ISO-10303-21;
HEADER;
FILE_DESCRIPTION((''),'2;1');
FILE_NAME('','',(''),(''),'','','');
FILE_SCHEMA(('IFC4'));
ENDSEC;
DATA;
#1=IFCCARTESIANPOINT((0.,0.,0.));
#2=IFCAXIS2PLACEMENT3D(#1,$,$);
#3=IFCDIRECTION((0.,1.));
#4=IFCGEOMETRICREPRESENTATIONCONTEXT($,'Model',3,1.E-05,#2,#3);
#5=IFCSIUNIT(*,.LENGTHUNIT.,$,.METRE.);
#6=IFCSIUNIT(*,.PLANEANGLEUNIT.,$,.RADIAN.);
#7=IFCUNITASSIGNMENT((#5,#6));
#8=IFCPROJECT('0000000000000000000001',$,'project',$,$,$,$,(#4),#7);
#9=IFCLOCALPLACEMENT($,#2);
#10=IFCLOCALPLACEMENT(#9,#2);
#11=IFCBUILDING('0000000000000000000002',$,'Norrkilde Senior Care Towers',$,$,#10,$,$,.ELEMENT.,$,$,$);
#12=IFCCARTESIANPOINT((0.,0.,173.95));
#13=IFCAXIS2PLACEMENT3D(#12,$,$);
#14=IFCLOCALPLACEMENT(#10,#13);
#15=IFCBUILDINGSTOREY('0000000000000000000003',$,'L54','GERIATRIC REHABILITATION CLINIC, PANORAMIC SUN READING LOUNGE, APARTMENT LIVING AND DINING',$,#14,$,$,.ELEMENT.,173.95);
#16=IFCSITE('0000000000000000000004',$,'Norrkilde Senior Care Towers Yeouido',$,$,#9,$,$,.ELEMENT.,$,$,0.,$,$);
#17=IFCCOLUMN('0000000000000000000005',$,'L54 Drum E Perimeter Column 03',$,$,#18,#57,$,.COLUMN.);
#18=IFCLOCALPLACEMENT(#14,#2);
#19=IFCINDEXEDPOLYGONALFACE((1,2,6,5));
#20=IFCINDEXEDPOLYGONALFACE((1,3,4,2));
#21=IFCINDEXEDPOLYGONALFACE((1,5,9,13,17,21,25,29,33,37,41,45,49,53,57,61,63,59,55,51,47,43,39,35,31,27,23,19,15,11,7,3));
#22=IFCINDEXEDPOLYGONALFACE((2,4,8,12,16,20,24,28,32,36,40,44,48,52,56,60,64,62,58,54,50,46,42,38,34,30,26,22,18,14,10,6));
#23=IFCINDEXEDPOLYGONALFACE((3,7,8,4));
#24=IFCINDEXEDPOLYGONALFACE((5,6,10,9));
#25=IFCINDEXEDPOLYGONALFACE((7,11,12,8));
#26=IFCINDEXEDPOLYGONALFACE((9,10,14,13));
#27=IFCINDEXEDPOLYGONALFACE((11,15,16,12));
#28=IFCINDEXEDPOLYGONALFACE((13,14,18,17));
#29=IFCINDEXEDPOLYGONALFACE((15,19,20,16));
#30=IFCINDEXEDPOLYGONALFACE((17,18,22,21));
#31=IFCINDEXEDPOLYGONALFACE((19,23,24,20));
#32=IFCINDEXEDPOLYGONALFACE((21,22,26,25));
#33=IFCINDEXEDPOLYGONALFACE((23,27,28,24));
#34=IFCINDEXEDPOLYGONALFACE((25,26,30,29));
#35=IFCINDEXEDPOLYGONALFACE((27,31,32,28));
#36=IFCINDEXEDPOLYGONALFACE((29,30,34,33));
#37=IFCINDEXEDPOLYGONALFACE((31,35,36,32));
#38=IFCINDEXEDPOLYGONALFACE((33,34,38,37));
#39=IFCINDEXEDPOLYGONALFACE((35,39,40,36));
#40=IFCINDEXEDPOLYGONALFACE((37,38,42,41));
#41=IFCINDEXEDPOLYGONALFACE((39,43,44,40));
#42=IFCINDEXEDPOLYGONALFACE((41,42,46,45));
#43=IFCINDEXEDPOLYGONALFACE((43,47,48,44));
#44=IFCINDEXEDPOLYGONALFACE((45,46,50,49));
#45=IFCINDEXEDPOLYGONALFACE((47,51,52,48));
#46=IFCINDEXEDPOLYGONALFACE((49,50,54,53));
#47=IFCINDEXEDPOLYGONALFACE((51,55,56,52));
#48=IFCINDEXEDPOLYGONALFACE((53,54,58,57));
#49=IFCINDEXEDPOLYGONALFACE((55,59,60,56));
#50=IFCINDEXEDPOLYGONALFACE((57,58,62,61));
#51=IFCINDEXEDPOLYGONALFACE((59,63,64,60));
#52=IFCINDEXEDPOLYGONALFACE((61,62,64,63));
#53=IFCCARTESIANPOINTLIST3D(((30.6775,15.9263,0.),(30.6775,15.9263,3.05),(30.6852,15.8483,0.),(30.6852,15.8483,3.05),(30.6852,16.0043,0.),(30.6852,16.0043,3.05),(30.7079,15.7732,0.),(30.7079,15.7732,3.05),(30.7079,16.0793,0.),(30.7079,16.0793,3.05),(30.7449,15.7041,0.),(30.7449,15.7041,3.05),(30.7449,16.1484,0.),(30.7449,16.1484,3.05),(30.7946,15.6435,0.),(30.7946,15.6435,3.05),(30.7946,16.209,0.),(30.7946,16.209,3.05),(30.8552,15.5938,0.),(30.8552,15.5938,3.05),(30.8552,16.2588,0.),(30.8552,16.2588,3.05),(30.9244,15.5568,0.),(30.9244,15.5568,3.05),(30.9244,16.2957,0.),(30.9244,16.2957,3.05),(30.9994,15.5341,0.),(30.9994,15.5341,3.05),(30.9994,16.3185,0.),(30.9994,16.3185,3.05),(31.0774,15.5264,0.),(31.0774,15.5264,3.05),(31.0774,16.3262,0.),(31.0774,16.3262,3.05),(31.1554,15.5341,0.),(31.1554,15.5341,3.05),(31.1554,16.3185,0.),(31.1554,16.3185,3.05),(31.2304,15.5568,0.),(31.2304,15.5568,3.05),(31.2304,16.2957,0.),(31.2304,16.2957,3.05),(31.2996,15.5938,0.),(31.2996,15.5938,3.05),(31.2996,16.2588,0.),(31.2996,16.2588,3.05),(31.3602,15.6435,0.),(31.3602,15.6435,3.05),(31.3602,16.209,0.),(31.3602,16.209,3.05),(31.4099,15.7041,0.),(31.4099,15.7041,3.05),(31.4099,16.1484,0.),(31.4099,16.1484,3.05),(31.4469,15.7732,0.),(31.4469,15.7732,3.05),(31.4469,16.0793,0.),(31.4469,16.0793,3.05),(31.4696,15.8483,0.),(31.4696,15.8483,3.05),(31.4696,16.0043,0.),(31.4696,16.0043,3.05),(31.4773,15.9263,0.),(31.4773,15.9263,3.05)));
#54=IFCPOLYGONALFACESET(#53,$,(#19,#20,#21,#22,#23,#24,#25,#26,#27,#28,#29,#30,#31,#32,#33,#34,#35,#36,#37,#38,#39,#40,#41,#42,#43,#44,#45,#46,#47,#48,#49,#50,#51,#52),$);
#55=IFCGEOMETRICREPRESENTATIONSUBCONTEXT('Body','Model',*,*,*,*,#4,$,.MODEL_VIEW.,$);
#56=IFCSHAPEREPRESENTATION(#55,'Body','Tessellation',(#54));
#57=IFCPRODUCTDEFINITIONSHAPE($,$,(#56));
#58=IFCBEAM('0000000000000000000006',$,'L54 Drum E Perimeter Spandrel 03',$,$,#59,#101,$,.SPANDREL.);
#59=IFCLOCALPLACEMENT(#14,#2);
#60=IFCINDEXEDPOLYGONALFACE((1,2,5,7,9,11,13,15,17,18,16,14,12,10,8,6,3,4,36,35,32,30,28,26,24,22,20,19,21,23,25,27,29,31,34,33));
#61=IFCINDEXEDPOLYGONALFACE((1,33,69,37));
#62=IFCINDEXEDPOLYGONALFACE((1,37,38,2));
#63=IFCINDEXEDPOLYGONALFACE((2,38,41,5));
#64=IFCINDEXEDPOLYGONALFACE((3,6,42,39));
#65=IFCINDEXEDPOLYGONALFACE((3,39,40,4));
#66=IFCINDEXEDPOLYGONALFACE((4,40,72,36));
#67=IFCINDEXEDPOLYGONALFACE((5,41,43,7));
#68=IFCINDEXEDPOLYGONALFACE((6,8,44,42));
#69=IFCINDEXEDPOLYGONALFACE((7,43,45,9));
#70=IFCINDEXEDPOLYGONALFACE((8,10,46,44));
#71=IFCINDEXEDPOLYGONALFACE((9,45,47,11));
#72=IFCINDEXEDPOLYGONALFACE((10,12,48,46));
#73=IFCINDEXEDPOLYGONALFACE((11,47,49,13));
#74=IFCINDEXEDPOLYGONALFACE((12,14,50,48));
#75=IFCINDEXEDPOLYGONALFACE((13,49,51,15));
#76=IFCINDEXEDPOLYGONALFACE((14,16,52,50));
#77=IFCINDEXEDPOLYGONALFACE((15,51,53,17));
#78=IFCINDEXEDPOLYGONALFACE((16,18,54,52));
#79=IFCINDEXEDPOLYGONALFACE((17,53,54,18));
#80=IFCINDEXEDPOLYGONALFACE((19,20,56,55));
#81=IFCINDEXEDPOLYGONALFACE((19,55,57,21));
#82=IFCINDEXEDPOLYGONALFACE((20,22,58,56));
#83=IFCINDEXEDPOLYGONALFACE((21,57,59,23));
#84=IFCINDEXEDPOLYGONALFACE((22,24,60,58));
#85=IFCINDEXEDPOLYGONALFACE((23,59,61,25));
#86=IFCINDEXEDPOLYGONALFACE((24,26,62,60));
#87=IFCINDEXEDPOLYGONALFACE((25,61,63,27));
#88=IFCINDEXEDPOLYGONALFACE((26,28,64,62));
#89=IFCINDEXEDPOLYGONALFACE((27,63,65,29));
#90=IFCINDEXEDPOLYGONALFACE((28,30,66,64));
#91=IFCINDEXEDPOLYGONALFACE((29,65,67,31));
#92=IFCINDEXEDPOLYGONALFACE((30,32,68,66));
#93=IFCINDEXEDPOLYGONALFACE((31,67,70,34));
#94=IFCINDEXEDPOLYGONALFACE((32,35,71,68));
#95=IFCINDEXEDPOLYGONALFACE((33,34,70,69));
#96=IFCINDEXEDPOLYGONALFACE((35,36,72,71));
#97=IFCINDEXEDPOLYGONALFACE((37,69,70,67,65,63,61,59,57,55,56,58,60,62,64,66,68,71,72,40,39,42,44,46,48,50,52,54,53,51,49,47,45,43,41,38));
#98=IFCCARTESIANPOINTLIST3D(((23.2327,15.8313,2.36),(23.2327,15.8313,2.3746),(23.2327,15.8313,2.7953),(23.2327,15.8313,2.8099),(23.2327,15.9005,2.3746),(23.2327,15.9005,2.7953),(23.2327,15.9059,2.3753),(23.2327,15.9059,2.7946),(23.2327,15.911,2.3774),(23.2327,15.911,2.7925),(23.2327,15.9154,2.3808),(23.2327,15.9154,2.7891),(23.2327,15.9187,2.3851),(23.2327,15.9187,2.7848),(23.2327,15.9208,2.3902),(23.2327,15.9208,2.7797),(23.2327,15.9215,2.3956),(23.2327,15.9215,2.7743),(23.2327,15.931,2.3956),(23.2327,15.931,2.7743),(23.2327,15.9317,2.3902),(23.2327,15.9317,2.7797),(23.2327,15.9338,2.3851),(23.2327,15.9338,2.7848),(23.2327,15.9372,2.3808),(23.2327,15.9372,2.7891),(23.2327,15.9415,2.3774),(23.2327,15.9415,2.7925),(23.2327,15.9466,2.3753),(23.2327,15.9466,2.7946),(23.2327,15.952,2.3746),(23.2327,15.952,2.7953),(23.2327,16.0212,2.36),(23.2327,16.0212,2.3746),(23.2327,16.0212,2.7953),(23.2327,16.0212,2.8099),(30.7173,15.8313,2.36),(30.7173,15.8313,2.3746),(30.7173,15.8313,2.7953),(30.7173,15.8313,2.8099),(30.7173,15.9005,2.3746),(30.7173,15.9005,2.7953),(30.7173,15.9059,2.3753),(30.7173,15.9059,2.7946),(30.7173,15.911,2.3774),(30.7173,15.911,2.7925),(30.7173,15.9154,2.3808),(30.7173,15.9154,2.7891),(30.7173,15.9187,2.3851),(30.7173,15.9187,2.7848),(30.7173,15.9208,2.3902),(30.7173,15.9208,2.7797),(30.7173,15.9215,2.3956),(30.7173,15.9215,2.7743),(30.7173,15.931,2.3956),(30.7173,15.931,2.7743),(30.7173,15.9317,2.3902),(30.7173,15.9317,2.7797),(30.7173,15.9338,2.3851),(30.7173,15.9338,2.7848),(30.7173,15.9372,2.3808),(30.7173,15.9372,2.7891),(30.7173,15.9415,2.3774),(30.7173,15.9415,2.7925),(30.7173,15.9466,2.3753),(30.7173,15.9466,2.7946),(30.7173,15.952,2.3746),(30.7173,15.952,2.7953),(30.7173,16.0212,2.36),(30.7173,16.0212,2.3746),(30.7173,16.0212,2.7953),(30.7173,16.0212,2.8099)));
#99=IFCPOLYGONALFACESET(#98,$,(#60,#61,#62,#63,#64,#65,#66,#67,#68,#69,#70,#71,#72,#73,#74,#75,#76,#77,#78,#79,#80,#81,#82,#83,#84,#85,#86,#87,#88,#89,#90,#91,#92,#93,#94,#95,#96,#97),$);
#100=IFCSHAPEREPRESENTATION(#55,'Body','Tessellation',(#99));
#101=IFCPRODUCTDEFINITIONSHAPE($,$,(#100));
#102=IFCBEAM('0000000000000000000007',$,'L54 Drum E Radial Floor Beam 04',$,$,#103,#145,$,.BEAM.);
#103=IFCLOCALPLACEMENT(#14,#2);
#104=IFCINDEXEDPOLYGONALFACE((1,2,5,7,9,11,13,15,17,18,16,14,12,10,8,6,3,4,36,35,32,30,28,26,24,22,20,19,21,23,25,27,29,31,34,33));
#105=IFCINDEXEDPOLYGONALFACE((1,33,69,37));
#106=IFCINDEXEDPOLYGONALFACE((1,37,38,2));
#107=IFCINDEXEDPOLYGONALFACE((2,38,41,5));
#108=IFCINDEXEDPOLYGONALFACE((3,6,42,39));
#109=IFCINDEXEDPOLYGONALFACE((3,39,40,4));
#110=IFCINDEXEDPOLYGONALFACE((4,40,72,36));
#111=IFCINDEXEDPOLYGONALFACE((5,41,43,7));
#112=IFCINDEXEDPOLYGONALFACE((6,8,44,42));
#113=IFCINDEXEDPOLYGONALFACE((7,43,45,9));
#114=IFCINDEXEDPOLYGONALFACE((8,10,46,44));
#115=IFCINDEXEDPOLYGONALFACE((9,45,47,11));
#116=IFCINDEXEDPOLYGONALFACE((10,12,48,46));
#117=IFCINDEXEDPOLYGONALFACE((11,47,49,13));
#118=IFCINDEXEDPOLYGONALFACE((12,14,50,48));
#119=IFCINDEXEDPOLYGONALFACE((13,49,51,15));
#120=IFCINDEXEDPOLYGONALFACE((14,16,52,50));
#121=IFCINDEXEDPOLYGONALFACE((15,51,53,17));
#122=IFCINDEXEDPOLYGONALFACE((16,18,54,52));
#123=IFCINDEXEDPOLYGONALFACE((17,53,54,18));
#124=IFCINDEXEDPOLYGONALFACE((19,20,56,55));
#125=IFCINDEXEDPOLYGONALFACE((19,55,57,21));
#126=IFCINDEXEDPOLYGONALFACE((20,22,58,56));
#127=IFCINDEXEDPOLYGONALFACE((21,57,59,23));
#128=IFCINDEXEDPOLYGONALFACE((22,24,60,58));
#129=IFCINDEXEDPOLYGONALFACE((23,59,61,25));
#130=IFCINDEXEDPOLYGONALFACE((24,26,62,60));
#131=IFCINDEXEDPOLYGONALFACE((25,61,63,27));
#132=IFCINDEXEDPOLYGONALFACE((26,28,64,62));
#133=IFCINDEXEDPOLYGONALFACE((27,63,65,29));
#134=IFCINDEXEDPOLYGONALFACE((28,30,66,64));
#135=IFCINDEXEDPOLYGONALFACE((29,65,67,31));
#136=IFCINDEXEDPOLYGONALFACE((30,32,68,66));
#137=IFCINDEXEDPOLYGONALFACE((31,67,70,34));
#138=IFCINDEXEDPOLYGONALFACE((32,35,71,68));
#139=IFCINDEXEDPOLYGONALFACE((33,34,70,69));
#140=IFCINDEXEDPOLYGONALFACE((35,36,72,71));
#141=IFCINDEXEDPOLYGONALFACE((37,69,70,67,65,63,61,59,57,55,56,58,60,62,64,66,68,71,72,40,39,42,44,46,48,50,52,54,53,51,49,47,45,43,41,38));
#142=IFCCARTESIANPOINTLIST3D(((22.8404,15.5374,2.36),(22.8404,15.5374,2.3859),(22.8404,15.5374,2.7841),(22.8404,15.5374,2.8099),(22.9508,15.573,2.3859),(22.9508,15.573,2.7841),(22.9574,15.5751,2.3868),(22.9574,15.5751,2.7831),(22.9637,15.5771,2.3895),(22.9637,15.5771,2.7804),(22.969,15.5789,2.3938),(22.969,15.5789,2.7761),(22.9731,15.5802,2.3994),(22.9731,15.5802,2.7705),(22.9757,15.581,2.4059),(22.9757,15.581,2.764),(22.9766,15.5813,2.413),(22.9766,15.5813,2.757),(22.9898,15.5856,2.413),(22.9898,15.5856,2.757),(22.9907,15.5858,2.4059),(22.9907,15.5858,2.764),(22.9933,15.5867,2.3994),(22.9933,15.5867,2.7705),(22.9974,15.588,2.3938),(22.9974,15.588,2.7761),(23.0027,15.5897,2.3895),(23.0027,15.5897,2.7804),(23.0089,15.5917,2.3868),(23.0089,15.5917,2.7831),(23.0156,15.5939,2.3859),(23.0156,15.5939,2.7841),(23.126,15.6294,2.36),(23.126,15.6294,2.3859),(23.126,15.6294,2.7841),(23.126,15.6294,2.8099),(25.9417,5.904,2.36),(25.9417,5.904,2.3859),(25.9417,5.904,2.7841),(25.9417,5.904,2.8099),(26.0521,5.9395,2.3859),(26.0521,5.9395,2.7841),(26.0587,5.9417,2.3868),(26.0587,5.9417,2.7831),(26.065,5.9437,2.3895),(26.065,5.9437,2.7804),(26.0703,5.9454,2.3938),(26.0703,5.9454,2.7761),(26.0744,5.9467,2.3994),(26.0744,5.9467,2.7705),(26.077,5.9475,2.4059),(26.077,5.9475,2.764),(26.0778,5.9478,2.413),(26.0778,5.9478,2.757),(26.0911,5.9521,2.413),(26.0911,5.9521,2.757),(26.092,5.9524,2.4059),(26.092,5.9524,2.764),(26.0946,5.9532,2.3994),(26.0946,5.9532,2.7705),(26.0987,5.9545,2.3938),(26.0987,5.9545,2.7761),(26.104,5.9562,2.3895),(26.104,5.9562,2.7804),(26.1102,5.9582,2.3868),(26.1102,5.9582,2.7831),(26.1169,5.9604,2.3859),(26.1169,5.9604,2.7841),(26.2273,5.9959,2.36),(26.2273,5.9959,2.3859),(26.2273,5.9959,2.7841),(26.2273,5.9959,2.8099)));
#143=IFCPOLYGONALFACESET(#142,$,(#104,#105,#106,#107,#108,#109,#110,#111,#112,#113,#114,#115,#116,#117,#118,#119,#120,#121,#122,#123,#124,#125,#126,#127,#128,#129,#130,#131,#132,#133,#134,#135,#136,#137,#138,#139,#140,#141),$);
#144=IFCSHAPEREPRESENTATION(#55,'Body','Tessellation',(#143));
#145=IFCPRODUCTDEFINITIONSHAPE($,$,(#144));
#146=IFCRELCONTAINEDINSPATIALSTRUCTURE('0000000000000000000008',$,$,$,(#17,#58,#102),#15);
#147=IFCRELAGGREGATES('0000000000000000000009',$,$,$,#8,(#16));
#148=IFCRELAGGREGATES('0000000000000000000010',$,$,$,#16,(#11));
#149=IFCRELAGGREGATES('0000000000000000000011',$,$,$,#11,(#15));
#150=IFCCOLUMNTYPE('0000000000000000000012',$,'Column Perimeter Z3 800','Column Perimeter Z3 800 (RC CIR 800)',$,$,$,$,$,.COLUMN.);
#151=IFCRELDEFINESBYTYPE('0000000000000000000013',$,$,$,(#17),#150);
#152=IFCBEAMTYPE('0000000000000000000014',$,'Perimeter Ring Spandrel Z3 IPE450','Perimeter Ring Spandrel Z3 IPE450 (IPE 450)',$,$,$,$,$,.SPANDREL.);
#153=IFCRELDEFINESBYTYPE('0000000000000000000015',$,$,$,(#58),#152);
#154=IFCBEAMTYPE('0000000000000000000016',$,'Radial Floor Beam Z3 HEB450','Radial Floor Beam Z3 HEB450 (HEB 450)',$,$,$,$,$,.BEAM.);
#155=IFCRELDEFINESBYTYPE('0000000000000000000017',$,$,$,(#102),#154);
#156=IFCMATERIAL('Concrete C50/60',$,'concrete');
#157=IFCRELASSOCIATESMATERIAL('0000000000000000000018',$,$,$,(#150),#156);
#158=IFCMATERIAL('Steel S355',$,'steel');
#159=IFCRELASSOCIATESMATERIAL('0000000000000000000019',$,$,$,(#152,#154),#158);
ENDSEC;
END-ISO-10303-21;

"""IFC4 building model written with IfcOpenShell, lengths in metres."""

from ifc_helpers import new_model, si_unit, direction, frame, origin, origin_2d, place, context, subcontext, project, spatial, circle, i_section, extrude, source, transform, mapped, material, material_profile, profile_set, type_object, type_shapes, element, save


model = new_model("IFC4")

# Units and contexts
model_context = context("Model", 3, precision=1e-05, world=origin(), true_north=direction((0.0, 1.0)))
body_context = subcontext(model_context, "Body", "Model", "MODEL_VIEW")
ifc_project = project(units=[si_unit("LENGTHUNIT", "METRE"), si_unit("PLANEANGLEUNIT", "RADIAN")], contexts=[model_context])

# Site, building, storey
site_placement = place(None, origin())
site = spatial("IfcSite", under=ifc_project, at=site_placement, Name="Norrkilde Senior Care Towers Yeouido", CompositionType="ELEMENT", RefElevation=0.0)
building_placement = place(site_placement, origin())
building = spatial("IfcBuilding", under=site, at=building_placement, Name="Norrkilde Senior Care Towers", CompositionType="ELEMENT")
storey_placement = place(building_placement, frame((0.0, 0.0, 173.95)))
storey = spatial("IfcBuildingStorey", under=building, at=storey_placement, Name="L54", Description="GERIATRIC REHABILITATION CLINIC, PANORAMIC SUN READING LOUNGE, APARTMENT LIVING AND DINING", CompositionType="ELEMENT", Elevation=173.95)

# Column
ifc_material_1 = material(Name="Concrete C50/60", Category="concrete")
ifc_material_profile_1 = material_profile(ifc_material_1, circle(Radius=0.3999, at=origin_2d()), Name="RC CIR 800")
ifc_profile_set_1 = profile_set([ifc_material_profile_1], Name="Concrete C50/60")
column_type = type_object("IfcColumnType", Name="Column Perimeter Z3 800", Description="Column Perimeter Z3 800 (RC CIR 800)", PredefinedType="COLUMN", material=ifc_profile_set_1)
shared_shape_1 = source(origin(), body_context, "Body", "SweptSolid", [
    extrude(circle(Radius=0.3999, at=origin_2d()), origin(), (0.0, 0.0, 1.0), 3.05),
])
type_shapes(column_type, [shared_shape_1])
column_placement = place(storey_placement, frame((31.0774, 15.9263, 0.0), z_axis=(0.0, 0.0, 1.0), x_axis=(1.0, 0.0, 0.0)))
element("IfcColumn", 1, at=column_placement, inside=storey, type_object=column_type, Name="L54 Drum E Perimeter Column 03", PredefinedType="COLUMN", context=body_context, shape_type="MappedRepresentation", body=[
    mapped(shared_shape_1, transform((0.0, 0.0, 0.0), x_axis=(1.0, 0.0, 0.0), y_axis=(0.0, 1.0, 0.0), z_axis=(0.0, 0.0, 1.0), scale=1.0)),
])

# Beams
ifc_material_2 = material(Name="Steel S355", Category="steel")
ifc_material_profile_2 = material_profile(ifc_material_2, i_section(OverallWidth=0.1899, OverallDepth=0.45, WebThickness=0.0095, FlangeThickness=0.0146, FilletRadius=0.021, at=origin_2d()), Name="IPE 450")
ifc_profile_set_2 = profile_set([ifc_material_profile_2], Name="Steel S355")
beam_type_1 = type_object("IfcBeamType", Name="Perimeter Ring Spandrel Z3 IPE450", Description="Perimeter Ring Spandrel Z3 IPE450 (IPE 450)", PredefinedType="SPANDREL", material=ifc_profile_set_2)
shared_shape_2 = source(origin(), body_context, "Body", "SweptSolid", [
    extrude(i_section(OverallWidth=0.1899, OverallDepth=0.45, WebThickness=0.0095, FlangeThickness=0.0146, FilletRadius=0.021, at=origin_2d()), origin(), (0.0, 0.0, 1.0), 7.4846),
])
type_shapes(beam_type_1, [shared_shape_2])
beam_1_placement = place(storey_placement, frame((30.7173, 15.9263, 2.585), z_axis=(-1.0, 0.0, 0.0), x_axis=(0.0, -1.0, 0.0)))
element("IfcBeam", 2, at=beam_1_placement, inside=storey, type_object=beam_type_1, Name="L54 Drum E Perimeter Spandrel 03", PredefinedType="SPANDREL", context=body_context, shape_type="MappedRepresentation", body=[
    mapped(shared_shape_2, transform((0.0, 0.0, 0.0), x_axis=(1.0, 0.0, 0.0), y_axis=(0.0, 1.0, 0.0), z_axis=(0.0, 0.0, 1.0), scale=1.0)),
])
ifc_material_profile_3 = material_profile(ifc_material_2, i_section(OverallWidth=0.3, OverallDepth=0.45, WebThickness=0.0139, FlangeThickness=0.0259, FilletRadius=0.0271, at=origin_2d()), Name="HEB 450")
ifc_profile_set_3 = profile_set([ifc_material_profile_3], Name="Steel S355")
beam_type_2 = type_object("IfcBeamType", Name="Radial Floor Beam Z3 HEB450", Description="Radial Floor Beam Z3 HEB450 (HEB 450)", PredefinedType="BEAM", material=ifc_profile_set_3)
shared_shape_3 = source(origin(), body_context, "Body", "SweptSolid", [
    extrude(i_section(OverallWidth=0.3, OverallDepth=0.45, WebThickness=0.0139, FlangeThickness=0.0259, FilletRadius=0.0271, at=origin_2d()), origin(), (0.0, 0.0, 1.0), 10.1204),
])
beam_2_placement = place(storey_placement, frame((26.0845, 5.95, 2.585), z_axis=(-0.306441, 0.95189, 0.0), x_axis=(-0.95189, -0.306441, 0.0)))
element("IfcBeam", 3, at=beam_2_placement, inside=storey, type_object=beam_type_2, Name="L54 Drum E Radial Floor Beam 04", PredefinedType="BEAM", context=body_context, shape_type="MappedRepresentation", body=[
    mapped(shared_shape_3, transform((0.0, 0.0, 0.0), x_axis=(1.0, 0.0, 0.0), y_axis=(0.0, 1.0, 0.0), z_axis=(0.0, 0.0, 1.0), scale=1.0)),
])

save(model, "model.ifc")
